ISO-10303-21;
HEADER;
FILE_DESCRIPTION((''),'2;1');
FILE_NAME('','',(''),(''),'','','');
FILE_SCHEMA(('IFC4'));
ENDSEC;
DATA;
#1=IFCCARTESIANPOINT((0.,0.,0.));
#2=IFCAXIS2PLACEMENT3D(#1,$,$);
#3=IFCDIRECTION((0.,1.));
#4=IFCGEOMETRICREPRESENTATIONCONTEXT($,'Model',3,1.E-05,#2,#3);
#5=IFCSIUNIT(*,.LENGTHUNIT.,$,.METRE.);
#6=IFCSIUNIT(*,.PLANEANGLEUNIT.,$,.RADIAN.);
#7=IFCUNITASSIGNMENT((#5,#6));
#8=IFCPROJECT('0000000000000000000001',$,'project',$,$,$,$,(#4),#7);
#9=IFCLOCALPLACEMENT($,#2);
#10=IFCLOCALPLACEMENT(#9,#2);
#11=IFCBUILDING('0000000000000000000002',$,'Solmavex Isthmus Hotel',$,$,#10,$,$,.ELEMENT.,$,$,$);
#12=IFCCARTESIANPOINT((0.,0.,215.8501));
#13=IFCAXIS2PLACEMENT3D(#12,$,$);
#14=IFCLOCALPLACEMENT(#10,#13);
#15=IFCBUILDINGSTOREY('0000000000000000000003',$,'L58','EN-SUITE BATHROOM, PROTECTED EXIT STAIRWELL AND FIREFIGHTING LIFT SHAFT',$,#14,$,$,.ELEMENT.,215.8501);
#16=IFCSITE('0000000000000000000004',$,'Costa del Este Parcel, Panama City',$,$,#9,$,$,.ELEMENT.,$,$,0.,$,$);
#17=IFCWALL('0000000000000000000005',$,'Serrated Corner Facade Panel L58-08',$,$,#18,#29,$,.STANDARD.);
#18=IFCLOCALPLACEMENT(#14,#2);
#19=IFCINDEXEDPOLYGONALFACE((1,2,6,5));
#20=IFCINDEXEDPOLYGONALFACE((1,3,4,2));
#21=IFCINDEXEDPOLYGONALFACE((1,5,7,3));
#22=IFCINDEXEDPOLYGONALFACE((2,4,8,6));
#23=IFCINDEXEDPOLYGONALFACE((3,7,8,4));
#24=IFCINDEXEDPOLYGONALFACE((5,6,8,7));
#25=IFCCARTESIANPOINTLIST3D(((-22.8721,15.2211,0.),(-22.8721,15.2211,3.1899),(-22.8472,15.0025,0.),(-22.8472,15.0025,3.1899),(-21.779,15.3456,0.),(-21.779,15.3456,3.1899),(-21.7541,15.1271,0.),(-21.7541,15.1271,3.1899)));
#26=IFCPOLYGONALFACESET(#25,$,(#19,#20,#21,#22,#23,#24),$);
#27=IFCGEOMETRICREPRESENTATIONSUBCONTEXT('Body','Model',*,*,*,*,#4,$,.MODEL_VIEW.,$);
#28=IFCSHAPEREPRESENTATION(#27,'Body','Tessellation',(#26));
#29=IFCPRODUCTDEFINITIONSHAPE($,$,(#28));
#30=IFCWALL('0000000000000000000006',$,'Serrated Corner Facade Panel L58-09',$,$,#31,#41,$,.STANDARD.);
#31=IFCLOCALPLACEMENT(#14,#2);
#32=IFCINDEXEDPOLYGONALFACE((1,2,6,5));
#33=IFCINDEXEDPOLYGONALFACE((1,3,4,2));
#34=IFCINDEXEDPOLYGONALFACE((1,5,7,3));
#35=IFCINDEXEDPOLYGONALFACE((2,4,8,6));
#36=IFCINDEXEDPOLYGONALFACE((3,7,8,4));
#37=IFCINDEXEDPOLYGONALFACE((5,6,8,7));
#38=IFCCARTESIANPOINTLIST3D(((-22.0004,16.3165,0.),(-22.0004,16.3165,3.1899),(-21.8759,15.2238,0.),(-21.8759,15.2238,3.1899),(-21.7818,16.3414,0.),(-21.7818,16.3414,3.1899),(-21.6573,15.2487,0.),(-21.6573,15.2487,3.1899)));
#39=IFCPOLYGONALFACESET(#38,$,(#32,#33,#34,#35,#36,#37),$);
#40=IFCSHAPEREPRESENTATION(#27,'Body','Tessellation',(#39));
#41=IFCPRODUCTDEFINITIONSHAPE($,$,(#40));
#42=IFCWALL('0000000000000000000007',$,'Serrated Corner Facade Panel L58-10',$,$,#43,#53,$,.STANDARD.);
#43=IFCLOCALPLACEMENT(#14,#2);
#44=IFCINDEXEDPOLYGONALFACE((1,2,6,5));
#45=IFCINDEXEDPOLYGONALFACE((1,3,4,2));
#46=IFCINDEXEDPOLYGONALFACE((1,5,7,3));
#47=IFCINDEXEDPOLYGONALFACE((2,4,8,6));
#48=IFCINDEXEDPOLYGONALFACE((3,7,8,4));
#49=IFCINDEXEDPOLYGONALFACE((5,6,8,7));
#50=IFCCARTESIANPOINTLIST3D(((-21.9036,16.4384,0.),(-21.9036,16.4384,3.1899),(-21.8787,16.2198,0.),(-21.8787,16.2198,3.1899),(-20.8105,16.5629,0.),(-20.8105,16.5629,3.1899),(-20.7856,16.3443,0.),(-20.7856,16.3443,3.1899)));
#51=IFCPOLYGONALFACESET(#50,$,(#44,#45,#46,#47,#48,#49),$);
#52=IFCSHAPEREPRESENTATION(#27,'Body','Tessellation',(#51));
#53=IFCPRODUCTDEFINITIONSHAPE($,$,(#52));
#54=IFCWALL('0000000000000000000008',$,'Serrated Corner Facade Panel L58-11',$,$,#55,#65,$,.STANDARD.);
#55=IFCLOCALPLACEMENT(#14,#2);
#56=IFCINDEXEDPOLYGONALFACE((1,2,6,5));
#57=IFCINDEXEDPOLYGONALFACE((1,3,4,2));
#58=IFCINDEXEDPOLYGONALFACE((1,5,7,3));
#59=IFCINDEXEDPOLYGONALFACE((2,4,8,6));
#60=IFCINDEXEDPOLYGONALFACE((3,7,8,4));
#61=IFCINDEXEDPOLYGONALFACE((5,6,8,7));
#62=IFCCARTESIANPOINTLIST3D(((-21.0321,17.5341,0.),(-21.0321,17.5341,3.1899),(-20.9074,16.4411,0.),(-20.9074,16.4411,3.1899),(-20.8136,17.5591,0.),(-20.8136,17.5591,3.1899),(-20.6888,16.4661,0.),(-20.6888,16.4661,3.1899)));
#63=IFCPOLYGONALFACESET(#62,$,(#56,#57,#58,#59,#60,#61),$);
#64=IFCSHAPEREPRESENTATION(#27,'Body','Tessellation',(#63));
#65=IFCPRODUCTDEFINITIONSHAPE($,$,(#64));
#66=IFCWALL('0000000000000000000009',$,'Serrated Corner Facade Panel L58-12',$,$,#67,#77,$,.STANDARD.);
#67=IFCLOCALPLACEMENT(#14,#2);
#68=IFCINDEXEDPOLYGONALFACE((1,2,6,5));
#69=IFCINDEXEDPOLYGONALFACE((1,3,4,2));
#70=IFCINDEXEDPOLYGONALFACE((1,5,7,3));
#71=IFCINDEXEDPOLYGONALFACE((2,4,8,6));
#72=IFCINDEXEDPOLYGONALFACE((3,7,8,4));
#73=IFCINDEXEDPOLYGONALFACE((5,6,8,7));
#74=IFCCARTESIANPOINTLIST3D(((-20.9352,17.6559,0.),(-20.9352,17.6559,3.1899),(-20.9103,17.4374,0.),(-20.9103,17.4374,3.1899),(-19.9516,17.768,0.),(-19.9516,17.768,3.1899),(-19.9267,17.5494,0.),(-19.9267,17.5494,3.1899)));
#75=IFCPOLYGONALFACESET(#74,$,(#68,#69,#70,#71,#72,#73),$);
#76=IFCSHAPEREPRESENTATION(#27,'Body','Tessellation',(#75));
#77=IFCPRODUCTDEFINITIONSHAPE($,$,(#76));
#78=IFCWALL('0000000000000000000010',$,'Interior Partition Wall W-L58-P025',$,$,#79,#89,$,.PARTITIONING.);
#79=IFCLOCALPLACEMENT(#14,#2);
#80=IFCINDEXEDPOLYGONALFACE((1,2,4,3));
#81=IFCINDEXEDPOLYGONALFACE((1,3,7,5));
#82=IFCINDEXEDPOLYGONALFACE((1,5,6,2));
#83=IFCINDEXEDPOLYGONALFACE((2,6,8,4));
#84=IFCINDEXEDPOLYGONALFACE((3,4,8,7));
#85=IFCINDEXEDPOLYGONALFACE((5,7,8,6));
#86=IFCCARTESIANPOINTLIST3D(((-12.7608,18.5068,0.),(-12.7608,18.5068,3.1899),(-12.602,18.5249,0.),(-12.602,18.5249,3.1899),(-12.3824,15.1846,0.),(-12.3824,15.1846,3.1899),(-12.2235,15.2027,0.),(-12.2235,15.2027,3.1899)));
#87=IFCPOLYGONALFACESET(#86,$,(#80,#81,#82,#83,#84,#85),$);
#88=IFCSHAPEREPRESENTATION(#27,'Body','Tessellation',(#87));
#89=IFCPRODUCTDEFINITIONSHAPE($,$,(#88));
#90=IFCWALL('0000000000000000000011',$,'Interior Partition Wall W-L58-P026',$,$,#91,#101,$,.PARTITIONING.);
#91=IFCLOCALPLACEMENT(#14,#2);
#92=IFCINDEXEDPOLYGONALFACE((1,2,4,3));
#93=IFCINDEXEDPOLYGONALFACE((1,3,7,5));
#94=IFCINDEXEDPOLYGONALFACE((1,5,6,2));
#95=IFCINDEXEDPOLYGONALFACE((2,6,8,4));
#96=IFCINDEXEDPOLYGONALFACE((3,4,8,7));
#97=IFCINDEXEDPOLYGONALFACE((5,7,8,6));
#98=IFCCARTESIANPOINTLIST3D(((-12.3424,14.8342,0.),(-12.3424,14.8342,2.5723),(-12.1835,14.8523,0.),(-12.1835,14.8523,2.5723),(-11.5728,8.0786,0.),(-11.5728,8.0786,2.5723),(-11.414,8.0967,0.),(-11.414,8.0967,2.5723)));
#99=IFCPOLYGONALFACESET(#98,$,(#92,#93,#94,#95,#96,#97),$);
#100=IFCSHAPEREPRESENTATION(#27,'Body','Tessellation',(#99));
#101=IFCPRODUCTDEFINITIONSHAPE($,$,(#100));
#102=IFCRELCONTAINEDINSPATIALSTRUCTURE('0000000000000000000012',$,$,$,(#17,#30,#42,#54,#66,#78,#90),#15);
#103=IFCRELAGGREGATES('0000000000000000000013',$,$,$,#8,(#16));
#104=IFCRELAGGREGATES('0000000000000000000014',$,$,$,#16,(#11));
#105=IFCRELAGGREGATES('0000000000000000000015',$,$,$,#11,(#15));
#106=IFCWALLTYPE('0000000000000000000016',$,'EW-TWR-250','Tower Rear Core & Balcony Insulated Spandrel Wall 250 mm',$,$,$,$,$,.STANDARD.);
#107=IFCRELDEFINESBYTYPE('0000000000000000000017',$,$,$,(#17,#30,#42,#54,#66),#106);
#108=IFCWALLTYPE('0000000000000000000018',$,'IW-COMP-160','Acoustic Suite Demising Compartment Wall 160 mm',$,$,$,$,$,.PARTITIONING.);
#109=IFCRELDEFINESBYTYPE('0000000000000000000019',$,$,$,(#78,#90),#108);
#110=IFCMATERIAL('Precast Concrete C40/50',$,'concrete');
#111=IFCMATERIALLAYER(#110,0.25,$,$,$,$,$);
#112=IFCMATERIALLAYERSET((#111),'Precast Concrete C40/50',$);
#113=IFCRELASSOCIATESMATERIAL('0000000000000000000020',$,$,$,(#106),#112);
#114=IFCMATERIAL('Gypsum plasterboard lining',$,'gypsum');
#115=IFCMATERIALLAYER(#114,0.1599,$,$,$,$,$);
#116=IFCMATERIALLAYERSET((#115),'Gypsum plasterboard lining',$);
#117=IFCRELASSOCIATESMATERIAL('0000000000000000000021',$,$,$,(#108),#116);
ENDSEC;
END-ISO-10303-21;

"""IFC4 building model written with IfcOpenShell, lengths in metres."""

from ifc_helpers import new_model, si_unit, direction, frame, frame_2d, origin, place, context, subcontext, project, spatial, rectangle, extrude, material, layer, layer_set, type_object, element, save


model = new_model("IFC4")

# Units and contexts
model_context = context("Model", 3, precision=1e-05, world=origin(), true_north=direction((0.0, 1.0)))
body_context = subcontext(model_context, "Body", "Model", "MODEL_VIEW")
ifc_project = project(units=[si_unit("LENGTHUNIT", "METRE"), si_unit("PLANEANGLEUNIT", "RADIAN")], contexts=[model_context])

# Site, building, storey
site_placement = place(None, origin())
site = spatial("IfcSite", under=ifc_project, at=site_placement, Name="Costa del Este Parcel, Panama City", CompositionType="ELEMENT", RefElevation=0.0)
building_placement = place(site_placement, origin())
building = spatial("IfcBuilding", under=site, at=building_placement, Name="Solmavex Isthmus Hotel", CompositionType="ELEMENT")
storey_placement = place(building_placement, frame((0.0, 0.0, 215.8501)))
storey = spatial("IfcBuildingStorey", under=building, at=storey_placement, Name="L58", Description="EN-SUITE BATHROOM, PROTECTED EXIT STAIRWELL AND FIREFIGHTING LIFT SHAFT", CompositionType="ELEMENT", Elevation=215.8501)

# Walls
ifc_material_1 = material(Name="Precast Concrete C40/50", Category="concrete")
ifc_layer_1 = layer(ifc_material_1, 0.25)
ifc_layer_set_1 = layer_set([ifc_layer_1], Name="Precast Concrete C40/50")
wall_type_1 = type_object("IfcWallType", Name="EW-TWR-250", Description="Tower Rear Core & Balcony Insulated Spandrel Wall 250 mm", PredefinedType="STANDARD", material=ifc_layer_set_1)
wall_1_placement = place(storey_placement, frame((-22.8596, 15.1118, 0.0), z_axis=(0.0, 0.0, 1.0), x_axis=(0.993574, 0.113184, 0.0)))
element("IfcWall", 1, at=wall_1_placement, inside=storey, type_object=wall_type_1, Name="Serrated Corner Facade Panel L58-08", PredefinedType="STANDARD", context=body_context, shape_type="SweptSolid", body=[
    extrude(rectangle(XDim=1.1001, YDim=0.22, at=frame_2d((0.55, 0.0))), origin(), (0.0, 0.0, 1.0), 3.1899),
])
wall_2_placement = place(storey_placement, frame((-21.7666, 15.2363, 0.0), z_axis=(0.0, 0.0, 1.0), x_axis=(-0.113209, 0.993571, 0.0)))
element("IfcWall", 2, at=wall_2_placement, inside=storey, type_object=wall_type_1, Name="Serrated Corner Facade Panel L58-09", PredefinedType="STANDARD", context=body_context, shape_type="SweptSolid", body=[
    extrude(rectangle(XDim=1.0999, YDim=0.22, at=frame_2d((0.5498, 0.0))), origin(), (0.0, 0.0, 1.0), 3.1899),
])
for number, where, z_axis, x_axis, name in (
    (3, (-21.8911, 16.3291, 0.0), (0.0, 0.0, 1.0), (0.993574, 0.113184, 0.0), "Serrated Corner Facade Panel L58-10"),
    (4, (-20.7981, 16.4536, 0.0), (0.0, 0.0, 1.0), (-0.113403, 0.993549, 0.0), "Serrated Corner Facade Panel L58-11"),
):
    element("IfcWall", number, at=place(storey_placement, frame(where, z_axis=z_axis, x_axis=x_axis)), inside=storey, type_object=wall_type_1, Name=name, PredefinedType="STANDARD", context=body_context, shape_type="SweptSolid", body=[
        extrude(rectangle(XDim=1.1001, YDim=0.22, at=frame_2d((0.55, 0.0))), origin(), (0.0, 0.0, 1.0), 3.1899),
    ])
wall_3_placement = place(storey_placement, frame((-20.9229, 17.5466, 0.0), z_axis=(0.0, 0.0, 1.0), x_axis=(0.993573, 0.113192, 0.0)))
element("IfcWall", 5, at=wall_3_placement, inside=storey, type_object=wall_type_1, Name="Serrated Corner Facade Panel L58-12", PredefinedType="STANDARD", context=body_context, shape_type="SweptSolid", body=[
    extrude(rectangle(XDim=0.99, YDim=0.22, at=frame_2d((0.4951, 0.0))), origin(), (0.0, 0.0, 1.0), 3.1899),
])
ifc_material_2 = material(Name="Gypsum plasterboard lining", Category="gypsum")
ifc_layer_2 = layer(ifc_material_2, 0.1599)
ifc_layer_set_2 = layer_set([ifc_layer_2], Name="Gypsum plasterboard lining")
wall_type_2 = type_object("IfcWallType", Name="IW-COMP-160", Description="Acoustic Suite Demising Compartment Wall 160 mm", PredefinedType="PARTITIONING", material=ifc_layer_set_2)
wall_4_placement = place(storey_placement, frame((-12.6814, 18.5159, 0.0), z_axis=(0.0, 0.0, 1.0), x_axis=(0.113172, -0.993575, 0.0)))
element("IfcWall", 6, at=wall_4_placement, inside=storey, type_object=wall_type_2, Name="Interior Partition Wall W-L58-P025", PredefinedType="PARTITIONING", context=body_context, shape_type="SweptSolid", body=[
    extrude(rectangle(XDim=3.3438, YDim=0.1599, at=frame_2d((1.6719, 0.0))), origin(), (0.0, 0.0, 1.0), 3.1899),
])
wall_5_placement = place(storey_placement, frame((-12.2629, 14.8433, 0.0), z_axis=(0.0, 0.0, 1.0), x_axis=(0.113178, -0.993575, 0.0)))
element("IfcWall", 7, at=wall_5_placement, inside=storey, type_object=wall_type_2, Name="Interior Partition Wall W-L58-P026", PredefinedType="PARTITIONING", context=body_context, shape_type="SweptSolid", body=[
    extrude(rectangle(XDim=6.7993, YDim=0.1599, at=frame_2d((3.3997, 0.0))), origin(), (0.0, 0.0, 1.0), 2.5723),
])

save(model, "model.ifc")
